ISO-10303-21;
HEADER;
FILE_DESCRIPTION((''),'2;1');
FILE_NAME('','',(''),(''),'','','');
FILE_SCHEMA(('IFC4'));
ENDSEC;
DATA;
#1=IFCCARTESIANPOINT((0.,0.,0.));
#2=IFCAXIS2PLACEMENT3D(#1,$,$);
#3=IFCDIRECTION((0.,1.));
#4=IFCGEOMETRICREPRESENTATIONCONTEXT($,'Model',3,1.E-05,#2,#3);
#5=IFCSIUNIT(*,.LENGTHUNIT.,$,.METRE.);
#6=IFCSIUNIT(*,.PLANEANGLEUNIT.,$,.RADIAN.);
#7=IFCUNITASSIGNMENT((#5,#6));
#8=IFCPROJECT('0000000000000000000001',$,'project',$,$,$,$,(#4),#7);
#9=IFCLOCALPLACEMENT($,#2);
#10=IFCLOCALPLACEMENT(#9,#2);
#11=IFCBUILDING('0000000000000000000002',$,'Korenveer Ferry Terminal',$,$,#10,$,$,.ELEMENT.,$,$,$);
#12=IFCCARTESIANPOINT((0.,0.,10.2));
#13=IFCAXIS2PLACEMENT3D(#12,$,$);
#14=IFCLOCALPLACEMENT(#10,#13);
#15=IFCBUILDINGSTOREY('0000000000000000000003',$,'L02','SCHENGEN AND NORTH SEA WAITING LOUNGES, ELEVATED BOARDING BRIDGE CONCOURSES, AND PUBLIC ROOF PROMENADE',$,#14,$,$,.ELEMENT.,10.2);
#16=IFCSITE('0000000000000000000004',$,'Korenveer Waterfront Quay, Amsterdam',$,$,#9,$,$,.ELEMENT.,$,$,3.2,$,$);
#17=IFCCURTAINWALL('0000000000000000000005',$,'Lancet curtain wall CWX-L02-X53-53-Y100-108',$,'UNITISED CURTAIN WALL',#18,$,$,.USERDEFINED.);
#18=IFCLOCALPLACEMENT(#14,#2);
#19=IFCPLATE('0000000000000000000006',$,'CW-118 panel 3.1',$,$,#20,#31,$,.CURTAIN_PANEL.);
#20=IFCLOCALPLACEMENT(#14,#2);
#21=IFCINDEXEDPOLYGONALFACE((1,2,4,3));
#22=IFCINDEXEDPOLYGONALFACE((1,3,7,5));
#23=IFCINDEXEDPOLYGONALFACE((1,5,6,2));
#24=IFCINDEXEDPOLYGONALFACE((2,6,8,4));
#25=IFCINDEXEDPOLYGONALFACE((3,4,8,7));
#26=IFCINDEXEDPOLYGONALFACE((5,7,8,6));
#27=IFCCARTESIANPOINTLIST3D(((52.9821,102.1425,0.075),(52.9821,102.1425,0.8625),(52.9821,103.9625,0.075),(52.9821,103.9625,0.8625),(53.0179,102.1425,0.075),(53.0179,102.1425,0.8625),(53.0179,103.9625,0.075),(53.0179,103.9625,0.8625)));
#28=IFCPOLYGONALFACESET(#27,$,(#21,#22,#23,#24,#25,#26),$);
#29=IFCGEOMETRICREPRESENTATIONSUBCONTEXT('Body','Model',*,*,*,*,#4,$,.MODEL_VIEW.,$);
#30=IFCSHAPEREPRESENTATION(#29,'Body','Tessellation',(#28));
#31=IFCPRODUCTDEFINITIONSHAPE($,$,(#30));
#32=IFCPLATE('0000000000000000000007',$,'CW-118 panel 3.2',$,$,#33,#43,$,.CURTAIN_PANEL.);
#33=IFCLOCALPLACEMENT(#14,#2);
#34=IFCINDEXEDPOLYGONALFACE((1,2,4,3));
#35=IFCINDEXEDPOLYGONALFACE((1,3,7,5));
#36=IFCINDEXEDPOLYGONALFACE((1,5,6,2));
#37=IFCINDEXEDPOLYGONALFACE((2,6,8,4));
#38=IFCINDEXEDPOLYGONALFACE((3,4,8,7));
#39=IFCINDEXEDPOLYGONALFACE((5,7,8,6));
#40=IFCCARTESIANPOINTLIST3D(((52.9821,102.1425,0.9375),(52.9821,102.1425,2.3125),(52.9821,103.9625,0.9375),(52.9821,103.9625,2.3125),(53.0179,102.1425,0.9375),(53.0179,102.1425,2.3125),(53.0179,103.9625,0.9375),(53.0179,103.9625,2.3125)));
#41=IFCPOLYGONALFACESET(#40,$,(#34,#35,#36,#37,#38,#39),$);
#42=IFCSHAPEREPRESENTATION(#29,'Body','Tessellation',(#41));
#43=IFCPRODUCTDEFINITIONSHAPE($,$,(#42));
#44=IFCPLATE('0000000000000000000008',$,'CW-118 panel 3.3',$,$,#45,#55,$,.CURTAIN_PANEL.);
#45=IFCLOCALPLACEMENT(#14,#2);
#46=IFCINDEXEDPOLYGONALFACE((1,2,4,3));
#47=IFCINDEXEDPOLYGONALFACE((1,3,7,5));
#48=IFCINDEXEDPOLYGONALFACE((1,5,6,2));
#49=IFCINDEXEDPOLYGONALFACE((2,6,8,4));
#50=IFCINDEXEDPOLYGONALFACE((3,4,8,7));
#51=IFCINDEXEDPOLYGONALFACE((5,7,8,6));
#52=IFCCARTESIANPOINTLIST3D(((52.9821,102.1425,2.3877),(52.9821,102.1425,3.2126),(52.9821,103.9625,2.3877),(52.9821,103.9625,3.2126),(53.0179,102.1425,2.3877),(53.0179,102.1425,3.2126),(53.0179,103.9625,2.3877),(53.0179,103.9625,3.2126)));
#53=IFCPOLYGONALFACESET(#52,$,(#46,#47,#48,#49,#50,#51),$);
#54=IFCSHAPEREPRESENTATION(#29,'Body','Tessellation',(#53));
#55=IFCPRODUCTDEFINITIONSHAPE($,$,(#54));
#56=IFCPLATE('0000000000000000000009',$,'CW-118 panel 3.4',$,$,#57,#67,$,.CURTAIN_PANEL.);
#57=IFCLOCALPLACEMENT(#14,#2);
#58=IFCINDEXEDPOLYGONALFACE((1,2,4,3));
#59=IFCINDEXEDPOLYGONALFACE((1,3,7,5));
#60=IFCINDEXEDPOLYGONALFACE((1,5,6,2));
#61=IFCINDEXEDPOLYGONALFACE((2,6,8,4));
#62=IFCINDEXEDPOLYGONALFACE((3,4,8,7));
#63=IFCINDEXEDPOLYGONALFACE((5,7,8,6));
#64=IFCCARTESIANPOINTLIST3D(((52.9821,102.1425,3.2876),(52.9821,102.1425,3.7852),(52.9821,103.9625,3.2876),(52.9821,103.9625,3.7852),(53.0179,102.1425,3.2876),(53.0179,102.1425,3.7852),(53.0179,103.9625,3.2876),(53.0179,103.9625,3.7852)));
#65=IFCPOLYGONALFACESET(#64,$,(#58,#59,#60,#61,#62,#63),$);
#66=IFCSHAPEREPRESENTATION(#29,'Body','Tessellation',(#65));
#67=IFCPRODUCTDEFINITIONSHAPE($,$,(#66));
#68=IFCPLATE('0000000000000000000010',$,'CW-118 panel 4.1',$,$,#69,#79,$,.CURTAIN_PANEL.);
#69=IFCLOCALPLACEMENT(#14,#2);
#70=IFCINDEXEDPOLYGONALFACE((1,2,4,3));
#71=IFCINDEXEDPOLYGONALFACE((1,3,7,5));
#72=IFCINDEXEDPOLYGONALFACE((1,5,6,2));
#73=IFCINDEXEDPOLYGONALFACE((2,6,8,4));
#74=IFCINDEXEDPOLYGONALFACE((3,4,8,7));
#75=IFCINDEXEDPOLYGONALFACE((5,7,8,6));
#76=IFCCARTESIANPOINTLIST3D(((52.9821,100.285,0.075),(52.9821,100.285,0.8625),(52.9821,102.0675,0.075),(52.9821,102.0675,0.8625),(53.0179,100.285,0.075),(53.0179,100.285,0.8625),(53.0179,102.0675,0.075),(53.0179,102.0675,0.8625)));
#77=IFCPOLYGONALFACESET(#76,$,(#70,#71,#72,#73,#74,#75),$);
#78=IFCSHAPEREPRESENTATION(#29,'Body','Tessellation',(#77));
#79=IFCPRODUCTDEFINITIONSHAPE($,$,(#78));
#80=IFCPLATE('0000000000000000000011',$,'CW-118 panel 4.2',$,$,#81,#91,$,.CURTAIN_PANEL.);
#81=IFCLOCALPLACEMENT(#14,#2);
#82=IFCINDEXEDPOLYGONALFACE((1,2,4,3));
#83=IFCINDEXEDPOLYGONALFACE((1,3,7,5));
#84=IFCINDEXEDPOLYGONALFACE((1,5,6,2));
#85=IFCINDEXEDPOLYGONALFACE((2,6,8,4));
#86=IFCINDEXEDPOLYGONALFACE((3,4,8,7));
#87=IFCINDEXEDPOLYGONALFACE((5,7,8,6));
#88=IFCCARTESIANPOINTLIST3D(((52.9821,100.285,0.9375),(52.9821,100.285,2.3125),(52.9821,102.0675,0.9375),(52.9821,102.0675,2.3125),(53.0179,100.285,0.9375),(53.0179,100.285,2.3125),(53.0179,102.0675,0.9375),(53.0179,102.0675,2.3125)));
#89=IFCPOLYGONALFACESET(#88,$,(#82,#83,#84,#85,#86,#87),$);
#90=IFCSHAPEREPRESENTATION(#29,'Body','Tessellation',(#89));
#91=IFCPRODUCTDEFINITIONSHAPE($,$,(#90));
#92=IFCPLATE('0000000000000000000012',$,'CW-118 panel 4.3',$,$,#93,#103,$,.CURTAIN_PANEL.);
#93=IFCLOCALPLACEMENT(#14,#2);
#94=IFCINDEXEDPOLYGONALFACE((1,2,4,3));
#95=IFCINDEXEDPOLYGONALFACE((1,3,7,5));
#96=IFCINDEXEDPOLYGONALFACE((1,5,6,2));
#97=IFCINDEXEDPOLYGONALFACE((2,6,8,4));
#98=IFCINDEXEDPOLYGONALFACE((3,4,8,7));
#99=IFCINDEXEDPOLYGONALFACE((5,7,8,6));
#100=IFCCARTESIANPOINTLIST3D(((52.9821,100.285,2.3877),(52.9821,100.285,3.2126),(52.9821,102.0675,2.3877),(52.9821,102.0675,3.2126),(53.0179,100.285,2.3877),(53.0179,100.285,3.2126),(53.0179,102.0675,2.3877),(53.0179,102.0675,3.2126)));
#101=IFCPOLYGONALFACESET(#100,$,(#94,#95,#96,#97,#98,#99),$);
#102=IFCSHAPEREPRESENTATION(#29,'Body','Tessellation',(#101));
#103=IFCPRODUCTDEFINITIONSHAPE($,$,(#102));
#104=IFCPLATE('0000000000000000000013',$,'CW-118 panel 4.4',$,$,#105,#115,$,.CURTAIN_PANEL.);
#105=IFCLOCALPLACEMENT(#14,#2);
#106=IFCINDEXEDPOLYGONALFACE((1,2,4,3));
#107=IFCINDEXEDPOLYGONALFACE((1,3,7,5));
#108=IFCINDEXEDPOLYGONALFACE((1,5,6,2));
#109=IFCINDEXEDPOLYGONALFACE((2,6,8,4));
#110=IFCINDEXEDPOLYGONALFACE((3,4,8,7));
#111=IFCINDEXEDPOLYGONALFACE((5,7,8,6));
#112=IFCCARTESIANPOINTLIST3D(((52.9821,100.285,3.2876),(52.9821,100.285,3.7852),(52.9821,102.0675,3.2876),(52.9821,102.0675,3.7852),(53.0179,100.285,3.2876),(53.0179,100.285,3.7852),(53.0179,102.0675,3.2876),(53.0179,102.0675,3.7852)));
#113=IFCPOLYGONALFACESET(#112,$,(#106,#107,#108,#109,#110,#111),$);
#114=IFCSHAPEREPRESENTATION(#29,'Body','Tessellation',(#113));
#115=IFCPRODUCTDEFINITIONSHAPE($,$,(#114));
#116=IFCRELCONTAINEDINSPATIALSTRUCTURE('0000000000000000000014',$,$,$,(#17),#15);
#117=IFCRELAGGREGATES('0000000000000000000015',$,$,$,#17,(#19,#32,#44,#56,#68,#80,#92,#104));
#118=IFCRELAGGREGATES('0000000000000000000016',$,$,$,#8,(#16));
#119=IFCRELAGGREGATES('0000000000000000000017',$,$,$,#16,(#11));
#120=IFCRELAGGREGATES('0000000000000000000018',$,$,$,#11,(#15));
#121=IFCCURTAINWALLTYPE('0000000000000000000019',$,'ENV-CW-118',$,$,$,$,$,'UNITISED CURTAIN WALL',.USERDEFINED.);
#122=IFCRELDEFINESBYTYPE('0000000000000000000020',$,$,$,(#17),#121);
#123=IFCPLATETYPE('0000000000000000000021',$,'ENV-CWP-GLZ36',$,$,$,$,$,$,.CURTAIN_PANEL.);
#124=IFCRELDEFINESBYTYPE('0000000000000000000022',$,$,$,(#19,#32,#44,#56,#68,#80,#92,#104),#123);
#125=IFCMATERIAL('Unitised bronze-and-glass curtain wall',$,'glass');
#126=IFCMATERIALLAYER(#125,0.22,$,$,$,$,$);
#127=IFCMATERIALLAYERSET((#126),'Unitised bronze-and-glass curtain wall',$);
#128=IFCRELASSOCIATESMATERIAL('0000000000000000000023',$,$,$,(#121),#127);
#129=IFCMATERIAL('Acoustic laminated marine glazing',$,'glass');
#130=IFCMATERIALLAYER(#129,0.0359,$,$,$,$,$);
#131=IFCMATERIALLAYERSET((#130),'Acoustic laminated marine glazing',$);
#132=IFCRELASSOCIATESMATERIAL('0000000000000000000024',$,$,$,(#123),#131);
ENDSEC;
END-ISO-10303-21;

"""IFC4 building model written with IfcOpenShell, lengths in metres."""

from ifc_helpers import new_model, si_unit, direction, frame, origin, origin_2d, place, context, subcontext, project, spatial, rectangle, extrude, material, layer, layer_set, type_object, element, aggregate, save


model = new_model("IFC4")

# Units and contexts
model_context = context("Model", 3, precision=1e-05, world=origin(), true_north=direction((0.0, 1.0)))
body_context = subcontext(model_context, "Body", "Model", "MODEL_VIEW")
ifc_project = project(units=[si_unit("LENGTHUNIT", "METRE"), si_unit("PLANEANGLEUNIT", "RADIAN")], contexts=[model_context])

# Site, building, storey
site_placement = place(None, origin())
site = spatial("IfcSite", under=ifc_project, at=site_placement, Name="Korenveer Waterfront Quay, Amsterdam", CompositionType="ELEMENT", RefElevation=3.2)
building_placement = place(site_placement, origin())
building = spatial("IfcBuilding", under=site, at=building_placement, Name="Korenveer Ferry Terminal", CompositionType="ELEMENT")
storey_placement = place(building_placement, frame((0.0, 0.0, 10.2)))
storey = spatial("IfcBuildingStorey", under=building, at=storey_placement, Name="L02", Description="SCHENGEN AND NORTH SEA WAITING LOUNGES, ELEVATED BOARDING BRIDGE CONCOURSES, AND PUBLIC ROOF PROMENADE", CompositionType="ELEMENT", Elevation=10.2)

# Curtain wall
ifc_material_1 = material(Name="Unitised bronze-and-glass curtain wall", Category="glass")
ifc_layer_1 = layer(ifc_material_1, 0.22)
ifc_layer_set_1 = layer_set([ifc_layer_1], Name="Unitised bronze-and-glass curtain wall")
curtain_wall_type_1 = type_object("IfcCurtainWallType", Name="ENV-CW-118", ElementType="UNITISED CURTAIN WALL", PredefinedType="USERDEFINED", material=ifc_layer_set_1)
curtain_wall_1_placement = place(storey_placement, frame((53.0, 107.79, 0.0)))
curtain_wall_1 = element("IfcCurtainWall", 1, at=curtain_wall_1_placement, inside=storey, type_object=curtain_wall_type_1, Name="Lancet curtain wall CWX-L02-X53-53-Y100-108", ObjectType="UNITISED CURTAIN WALL", PredefinedType="USERDEFINED")

# Plates
ifc_material_2 = material(Name="Acoustic laminated marine glazing", Category="glass")
ifc_layer_2 = layer(ifc_material_2, 0.0359)
ifc_layer_set_2 = layer_set([ifc_layer_2], Name="Acoustic laminated marine glazing")
plate_type = type_object("IfcPlateType", Name="ENV-CWP-GLZ36", PredefinedType="CURTAIN_PANEL", material=ifc_layer_set_2)
plate_1_placement = place(storey_placement, frame((53.0, 103.0525, 0.075), z_axis=(0.0, 0.0, 1.0), x_axis=(0.0, -1.0, 0.0)))
plate_1 = element("IfcPlate", 2, at=plate_1_placement, type_object=plate_type, Name="CW-118 panel 3.1", PredefinedType="CURTAIN_PANEL", context=body_context, shape_type="SweptSolid", body=[
    extrude(rectangle(XDim=1.8201, YDim=0.0359, at=origin_2d()), origin(), (0.0, 0.0, 1.0), 0.7876),
])
plate_2_placement = place(storey_placement, frame((53.0, 103.0525, 0.9375), z_axis=(0.0, 0.0, 1.0), x_axis=(0.0, -1.0, 0.0)))
plate_2 = element("IfcPlate", 3, at=plate_2_placement, type_object=plate_type, Name="CW-118 panel 3.2", PredefinedType="CURTAIN_PANEL", context=body_context, shape_type="SweptSolid", body=[
    extrude(rectangle(XDim=1.8201, YDim=0.0359, at=origin_2d()), origin(), (0.0, 0.0, 1.0), 1.375),
])
plate_3_placement = place(storey_placement, frame((53.0, 103.0525, 2.3877), z_axis=(0.0, 0.0, 1.0), x_axis=(0.0, -1.0, 0.0)))
plate_3 = element("IfcPlate", 4, at=plate_3_placement, type_object=plate_type, Name="CW-118 panel 3.3", PredefinedType="CURTAIN_PANEL", context=body_context, shape_type="SweptSolid", body=[
    extrude(rectangle(XDim=1.8201, YDim=0.0359, at=origin_2d()), origin(), (0.0, 0.0, 1.0), 0.825),
])
plate_4_placement = place(storey_placement, frame((53.0, 103.0525, 3.2876), z_axis=(0.0, 0.0, 1.0), x_axis=(0.0, -1.0, 0.0)))
plate_4 = element("IfcPlate", 5, at=plate_4_placement, type_object=plate_type, Name="CW-118 panel 3.4", PredefinedType="CURTAIN_PANEL", context=body_context, shape_type="SweptSolid", body=[
    extrude(rectangle(XDim=1.8201, YDim=0.0359, at=origin_2d()), origin(), (0.0, 0.0, 1.0), 0.4976),
])
plate_5_placement = place(storey_placement, frame((53.0, 101.1763, 0.075), z_axis=(0.0, 0.0, 1.0), x_axis=(0.0, -1.0, 0.0)))
plate_5 = element("IfcPlate", 6, at=plate_5_placement, type_object=plate_type, Name="CW-118 panel 4.1", PredefinedType="CURTAIN_PANEL", context=body_context, shape_type="SweptSolid", body=[
    extrude(rectangle(XDim=1.7825, YDim=0.0359, at=origin_2d()), origin(), (0.0, 0.0, 1.0), 0.7876),
])
plate_6_placement = place(storey_placement, frame((53.0, 101.1763, 0.9375), z_axis=(0.0, 0.0, 1.0), x_axis=(0.0, -1.0, 0.0)))
plate_6 = element("IfcPlate", 7, at=plate_6_placement, type_object=plate_type, Name="CW-118 panel 4.2", PredefinedType="CURTAIN_PANEL", context=body_context, shape_type="SweptSolid", body=[
    extrude(rectangle(XDim=1.7825, YDim=0.0359, at=origin_2d()), origin(), (0.0, 0.0, 1.0), 1.375),
])
plate_7_placement = place(storey_placement, frame((53.0, 101.1763, 2.3877), z_axis=(0.0, 0.0, 1.0), x_axis=(0.0, -1.0, 0.0)))
plate_7 = element("IfcPlate", 8, at=plate_7_placement, type_object=plate_type, Name="CW-118 panel 4.3", PredefinedType="CURTAIN_PANEL", context=body_context, shape_type="SweptSolid", body=[
    extrude(rectangle(XDim=1.7825, YDim=0.0359, at=origin_2d()), origin(), (0.0, 0.0, 1.0), 0.825),
])
plate_8_placement = place(storey_placement, frame((53.0, 101.1763, 3.2876), z_axis=(0.0, 0.0, 1.0), x_axis=(0.0, -1.0, 0.0)))
plate_8 = element("IfcPlate", 9, at=plate_8_placement, type_object=plate_type, Name="CW-118 panel 4.4", PredefinedType="CURTAIN_PANEL", context=body_context, shape_type="SweptSolid", body=[
    extrude(rectangle(XDim=1.7825, YDim=0.0359, at=origin_2d()), origin(), (0.0, 0.0, 1.0), 0.4976),
])
aggregate(curtain_wall_1, [plate_1, plate_2, plate_3, plate_4, plate_5, plate_6, plate_7, plate_8])

save(model, "model.ifc")
